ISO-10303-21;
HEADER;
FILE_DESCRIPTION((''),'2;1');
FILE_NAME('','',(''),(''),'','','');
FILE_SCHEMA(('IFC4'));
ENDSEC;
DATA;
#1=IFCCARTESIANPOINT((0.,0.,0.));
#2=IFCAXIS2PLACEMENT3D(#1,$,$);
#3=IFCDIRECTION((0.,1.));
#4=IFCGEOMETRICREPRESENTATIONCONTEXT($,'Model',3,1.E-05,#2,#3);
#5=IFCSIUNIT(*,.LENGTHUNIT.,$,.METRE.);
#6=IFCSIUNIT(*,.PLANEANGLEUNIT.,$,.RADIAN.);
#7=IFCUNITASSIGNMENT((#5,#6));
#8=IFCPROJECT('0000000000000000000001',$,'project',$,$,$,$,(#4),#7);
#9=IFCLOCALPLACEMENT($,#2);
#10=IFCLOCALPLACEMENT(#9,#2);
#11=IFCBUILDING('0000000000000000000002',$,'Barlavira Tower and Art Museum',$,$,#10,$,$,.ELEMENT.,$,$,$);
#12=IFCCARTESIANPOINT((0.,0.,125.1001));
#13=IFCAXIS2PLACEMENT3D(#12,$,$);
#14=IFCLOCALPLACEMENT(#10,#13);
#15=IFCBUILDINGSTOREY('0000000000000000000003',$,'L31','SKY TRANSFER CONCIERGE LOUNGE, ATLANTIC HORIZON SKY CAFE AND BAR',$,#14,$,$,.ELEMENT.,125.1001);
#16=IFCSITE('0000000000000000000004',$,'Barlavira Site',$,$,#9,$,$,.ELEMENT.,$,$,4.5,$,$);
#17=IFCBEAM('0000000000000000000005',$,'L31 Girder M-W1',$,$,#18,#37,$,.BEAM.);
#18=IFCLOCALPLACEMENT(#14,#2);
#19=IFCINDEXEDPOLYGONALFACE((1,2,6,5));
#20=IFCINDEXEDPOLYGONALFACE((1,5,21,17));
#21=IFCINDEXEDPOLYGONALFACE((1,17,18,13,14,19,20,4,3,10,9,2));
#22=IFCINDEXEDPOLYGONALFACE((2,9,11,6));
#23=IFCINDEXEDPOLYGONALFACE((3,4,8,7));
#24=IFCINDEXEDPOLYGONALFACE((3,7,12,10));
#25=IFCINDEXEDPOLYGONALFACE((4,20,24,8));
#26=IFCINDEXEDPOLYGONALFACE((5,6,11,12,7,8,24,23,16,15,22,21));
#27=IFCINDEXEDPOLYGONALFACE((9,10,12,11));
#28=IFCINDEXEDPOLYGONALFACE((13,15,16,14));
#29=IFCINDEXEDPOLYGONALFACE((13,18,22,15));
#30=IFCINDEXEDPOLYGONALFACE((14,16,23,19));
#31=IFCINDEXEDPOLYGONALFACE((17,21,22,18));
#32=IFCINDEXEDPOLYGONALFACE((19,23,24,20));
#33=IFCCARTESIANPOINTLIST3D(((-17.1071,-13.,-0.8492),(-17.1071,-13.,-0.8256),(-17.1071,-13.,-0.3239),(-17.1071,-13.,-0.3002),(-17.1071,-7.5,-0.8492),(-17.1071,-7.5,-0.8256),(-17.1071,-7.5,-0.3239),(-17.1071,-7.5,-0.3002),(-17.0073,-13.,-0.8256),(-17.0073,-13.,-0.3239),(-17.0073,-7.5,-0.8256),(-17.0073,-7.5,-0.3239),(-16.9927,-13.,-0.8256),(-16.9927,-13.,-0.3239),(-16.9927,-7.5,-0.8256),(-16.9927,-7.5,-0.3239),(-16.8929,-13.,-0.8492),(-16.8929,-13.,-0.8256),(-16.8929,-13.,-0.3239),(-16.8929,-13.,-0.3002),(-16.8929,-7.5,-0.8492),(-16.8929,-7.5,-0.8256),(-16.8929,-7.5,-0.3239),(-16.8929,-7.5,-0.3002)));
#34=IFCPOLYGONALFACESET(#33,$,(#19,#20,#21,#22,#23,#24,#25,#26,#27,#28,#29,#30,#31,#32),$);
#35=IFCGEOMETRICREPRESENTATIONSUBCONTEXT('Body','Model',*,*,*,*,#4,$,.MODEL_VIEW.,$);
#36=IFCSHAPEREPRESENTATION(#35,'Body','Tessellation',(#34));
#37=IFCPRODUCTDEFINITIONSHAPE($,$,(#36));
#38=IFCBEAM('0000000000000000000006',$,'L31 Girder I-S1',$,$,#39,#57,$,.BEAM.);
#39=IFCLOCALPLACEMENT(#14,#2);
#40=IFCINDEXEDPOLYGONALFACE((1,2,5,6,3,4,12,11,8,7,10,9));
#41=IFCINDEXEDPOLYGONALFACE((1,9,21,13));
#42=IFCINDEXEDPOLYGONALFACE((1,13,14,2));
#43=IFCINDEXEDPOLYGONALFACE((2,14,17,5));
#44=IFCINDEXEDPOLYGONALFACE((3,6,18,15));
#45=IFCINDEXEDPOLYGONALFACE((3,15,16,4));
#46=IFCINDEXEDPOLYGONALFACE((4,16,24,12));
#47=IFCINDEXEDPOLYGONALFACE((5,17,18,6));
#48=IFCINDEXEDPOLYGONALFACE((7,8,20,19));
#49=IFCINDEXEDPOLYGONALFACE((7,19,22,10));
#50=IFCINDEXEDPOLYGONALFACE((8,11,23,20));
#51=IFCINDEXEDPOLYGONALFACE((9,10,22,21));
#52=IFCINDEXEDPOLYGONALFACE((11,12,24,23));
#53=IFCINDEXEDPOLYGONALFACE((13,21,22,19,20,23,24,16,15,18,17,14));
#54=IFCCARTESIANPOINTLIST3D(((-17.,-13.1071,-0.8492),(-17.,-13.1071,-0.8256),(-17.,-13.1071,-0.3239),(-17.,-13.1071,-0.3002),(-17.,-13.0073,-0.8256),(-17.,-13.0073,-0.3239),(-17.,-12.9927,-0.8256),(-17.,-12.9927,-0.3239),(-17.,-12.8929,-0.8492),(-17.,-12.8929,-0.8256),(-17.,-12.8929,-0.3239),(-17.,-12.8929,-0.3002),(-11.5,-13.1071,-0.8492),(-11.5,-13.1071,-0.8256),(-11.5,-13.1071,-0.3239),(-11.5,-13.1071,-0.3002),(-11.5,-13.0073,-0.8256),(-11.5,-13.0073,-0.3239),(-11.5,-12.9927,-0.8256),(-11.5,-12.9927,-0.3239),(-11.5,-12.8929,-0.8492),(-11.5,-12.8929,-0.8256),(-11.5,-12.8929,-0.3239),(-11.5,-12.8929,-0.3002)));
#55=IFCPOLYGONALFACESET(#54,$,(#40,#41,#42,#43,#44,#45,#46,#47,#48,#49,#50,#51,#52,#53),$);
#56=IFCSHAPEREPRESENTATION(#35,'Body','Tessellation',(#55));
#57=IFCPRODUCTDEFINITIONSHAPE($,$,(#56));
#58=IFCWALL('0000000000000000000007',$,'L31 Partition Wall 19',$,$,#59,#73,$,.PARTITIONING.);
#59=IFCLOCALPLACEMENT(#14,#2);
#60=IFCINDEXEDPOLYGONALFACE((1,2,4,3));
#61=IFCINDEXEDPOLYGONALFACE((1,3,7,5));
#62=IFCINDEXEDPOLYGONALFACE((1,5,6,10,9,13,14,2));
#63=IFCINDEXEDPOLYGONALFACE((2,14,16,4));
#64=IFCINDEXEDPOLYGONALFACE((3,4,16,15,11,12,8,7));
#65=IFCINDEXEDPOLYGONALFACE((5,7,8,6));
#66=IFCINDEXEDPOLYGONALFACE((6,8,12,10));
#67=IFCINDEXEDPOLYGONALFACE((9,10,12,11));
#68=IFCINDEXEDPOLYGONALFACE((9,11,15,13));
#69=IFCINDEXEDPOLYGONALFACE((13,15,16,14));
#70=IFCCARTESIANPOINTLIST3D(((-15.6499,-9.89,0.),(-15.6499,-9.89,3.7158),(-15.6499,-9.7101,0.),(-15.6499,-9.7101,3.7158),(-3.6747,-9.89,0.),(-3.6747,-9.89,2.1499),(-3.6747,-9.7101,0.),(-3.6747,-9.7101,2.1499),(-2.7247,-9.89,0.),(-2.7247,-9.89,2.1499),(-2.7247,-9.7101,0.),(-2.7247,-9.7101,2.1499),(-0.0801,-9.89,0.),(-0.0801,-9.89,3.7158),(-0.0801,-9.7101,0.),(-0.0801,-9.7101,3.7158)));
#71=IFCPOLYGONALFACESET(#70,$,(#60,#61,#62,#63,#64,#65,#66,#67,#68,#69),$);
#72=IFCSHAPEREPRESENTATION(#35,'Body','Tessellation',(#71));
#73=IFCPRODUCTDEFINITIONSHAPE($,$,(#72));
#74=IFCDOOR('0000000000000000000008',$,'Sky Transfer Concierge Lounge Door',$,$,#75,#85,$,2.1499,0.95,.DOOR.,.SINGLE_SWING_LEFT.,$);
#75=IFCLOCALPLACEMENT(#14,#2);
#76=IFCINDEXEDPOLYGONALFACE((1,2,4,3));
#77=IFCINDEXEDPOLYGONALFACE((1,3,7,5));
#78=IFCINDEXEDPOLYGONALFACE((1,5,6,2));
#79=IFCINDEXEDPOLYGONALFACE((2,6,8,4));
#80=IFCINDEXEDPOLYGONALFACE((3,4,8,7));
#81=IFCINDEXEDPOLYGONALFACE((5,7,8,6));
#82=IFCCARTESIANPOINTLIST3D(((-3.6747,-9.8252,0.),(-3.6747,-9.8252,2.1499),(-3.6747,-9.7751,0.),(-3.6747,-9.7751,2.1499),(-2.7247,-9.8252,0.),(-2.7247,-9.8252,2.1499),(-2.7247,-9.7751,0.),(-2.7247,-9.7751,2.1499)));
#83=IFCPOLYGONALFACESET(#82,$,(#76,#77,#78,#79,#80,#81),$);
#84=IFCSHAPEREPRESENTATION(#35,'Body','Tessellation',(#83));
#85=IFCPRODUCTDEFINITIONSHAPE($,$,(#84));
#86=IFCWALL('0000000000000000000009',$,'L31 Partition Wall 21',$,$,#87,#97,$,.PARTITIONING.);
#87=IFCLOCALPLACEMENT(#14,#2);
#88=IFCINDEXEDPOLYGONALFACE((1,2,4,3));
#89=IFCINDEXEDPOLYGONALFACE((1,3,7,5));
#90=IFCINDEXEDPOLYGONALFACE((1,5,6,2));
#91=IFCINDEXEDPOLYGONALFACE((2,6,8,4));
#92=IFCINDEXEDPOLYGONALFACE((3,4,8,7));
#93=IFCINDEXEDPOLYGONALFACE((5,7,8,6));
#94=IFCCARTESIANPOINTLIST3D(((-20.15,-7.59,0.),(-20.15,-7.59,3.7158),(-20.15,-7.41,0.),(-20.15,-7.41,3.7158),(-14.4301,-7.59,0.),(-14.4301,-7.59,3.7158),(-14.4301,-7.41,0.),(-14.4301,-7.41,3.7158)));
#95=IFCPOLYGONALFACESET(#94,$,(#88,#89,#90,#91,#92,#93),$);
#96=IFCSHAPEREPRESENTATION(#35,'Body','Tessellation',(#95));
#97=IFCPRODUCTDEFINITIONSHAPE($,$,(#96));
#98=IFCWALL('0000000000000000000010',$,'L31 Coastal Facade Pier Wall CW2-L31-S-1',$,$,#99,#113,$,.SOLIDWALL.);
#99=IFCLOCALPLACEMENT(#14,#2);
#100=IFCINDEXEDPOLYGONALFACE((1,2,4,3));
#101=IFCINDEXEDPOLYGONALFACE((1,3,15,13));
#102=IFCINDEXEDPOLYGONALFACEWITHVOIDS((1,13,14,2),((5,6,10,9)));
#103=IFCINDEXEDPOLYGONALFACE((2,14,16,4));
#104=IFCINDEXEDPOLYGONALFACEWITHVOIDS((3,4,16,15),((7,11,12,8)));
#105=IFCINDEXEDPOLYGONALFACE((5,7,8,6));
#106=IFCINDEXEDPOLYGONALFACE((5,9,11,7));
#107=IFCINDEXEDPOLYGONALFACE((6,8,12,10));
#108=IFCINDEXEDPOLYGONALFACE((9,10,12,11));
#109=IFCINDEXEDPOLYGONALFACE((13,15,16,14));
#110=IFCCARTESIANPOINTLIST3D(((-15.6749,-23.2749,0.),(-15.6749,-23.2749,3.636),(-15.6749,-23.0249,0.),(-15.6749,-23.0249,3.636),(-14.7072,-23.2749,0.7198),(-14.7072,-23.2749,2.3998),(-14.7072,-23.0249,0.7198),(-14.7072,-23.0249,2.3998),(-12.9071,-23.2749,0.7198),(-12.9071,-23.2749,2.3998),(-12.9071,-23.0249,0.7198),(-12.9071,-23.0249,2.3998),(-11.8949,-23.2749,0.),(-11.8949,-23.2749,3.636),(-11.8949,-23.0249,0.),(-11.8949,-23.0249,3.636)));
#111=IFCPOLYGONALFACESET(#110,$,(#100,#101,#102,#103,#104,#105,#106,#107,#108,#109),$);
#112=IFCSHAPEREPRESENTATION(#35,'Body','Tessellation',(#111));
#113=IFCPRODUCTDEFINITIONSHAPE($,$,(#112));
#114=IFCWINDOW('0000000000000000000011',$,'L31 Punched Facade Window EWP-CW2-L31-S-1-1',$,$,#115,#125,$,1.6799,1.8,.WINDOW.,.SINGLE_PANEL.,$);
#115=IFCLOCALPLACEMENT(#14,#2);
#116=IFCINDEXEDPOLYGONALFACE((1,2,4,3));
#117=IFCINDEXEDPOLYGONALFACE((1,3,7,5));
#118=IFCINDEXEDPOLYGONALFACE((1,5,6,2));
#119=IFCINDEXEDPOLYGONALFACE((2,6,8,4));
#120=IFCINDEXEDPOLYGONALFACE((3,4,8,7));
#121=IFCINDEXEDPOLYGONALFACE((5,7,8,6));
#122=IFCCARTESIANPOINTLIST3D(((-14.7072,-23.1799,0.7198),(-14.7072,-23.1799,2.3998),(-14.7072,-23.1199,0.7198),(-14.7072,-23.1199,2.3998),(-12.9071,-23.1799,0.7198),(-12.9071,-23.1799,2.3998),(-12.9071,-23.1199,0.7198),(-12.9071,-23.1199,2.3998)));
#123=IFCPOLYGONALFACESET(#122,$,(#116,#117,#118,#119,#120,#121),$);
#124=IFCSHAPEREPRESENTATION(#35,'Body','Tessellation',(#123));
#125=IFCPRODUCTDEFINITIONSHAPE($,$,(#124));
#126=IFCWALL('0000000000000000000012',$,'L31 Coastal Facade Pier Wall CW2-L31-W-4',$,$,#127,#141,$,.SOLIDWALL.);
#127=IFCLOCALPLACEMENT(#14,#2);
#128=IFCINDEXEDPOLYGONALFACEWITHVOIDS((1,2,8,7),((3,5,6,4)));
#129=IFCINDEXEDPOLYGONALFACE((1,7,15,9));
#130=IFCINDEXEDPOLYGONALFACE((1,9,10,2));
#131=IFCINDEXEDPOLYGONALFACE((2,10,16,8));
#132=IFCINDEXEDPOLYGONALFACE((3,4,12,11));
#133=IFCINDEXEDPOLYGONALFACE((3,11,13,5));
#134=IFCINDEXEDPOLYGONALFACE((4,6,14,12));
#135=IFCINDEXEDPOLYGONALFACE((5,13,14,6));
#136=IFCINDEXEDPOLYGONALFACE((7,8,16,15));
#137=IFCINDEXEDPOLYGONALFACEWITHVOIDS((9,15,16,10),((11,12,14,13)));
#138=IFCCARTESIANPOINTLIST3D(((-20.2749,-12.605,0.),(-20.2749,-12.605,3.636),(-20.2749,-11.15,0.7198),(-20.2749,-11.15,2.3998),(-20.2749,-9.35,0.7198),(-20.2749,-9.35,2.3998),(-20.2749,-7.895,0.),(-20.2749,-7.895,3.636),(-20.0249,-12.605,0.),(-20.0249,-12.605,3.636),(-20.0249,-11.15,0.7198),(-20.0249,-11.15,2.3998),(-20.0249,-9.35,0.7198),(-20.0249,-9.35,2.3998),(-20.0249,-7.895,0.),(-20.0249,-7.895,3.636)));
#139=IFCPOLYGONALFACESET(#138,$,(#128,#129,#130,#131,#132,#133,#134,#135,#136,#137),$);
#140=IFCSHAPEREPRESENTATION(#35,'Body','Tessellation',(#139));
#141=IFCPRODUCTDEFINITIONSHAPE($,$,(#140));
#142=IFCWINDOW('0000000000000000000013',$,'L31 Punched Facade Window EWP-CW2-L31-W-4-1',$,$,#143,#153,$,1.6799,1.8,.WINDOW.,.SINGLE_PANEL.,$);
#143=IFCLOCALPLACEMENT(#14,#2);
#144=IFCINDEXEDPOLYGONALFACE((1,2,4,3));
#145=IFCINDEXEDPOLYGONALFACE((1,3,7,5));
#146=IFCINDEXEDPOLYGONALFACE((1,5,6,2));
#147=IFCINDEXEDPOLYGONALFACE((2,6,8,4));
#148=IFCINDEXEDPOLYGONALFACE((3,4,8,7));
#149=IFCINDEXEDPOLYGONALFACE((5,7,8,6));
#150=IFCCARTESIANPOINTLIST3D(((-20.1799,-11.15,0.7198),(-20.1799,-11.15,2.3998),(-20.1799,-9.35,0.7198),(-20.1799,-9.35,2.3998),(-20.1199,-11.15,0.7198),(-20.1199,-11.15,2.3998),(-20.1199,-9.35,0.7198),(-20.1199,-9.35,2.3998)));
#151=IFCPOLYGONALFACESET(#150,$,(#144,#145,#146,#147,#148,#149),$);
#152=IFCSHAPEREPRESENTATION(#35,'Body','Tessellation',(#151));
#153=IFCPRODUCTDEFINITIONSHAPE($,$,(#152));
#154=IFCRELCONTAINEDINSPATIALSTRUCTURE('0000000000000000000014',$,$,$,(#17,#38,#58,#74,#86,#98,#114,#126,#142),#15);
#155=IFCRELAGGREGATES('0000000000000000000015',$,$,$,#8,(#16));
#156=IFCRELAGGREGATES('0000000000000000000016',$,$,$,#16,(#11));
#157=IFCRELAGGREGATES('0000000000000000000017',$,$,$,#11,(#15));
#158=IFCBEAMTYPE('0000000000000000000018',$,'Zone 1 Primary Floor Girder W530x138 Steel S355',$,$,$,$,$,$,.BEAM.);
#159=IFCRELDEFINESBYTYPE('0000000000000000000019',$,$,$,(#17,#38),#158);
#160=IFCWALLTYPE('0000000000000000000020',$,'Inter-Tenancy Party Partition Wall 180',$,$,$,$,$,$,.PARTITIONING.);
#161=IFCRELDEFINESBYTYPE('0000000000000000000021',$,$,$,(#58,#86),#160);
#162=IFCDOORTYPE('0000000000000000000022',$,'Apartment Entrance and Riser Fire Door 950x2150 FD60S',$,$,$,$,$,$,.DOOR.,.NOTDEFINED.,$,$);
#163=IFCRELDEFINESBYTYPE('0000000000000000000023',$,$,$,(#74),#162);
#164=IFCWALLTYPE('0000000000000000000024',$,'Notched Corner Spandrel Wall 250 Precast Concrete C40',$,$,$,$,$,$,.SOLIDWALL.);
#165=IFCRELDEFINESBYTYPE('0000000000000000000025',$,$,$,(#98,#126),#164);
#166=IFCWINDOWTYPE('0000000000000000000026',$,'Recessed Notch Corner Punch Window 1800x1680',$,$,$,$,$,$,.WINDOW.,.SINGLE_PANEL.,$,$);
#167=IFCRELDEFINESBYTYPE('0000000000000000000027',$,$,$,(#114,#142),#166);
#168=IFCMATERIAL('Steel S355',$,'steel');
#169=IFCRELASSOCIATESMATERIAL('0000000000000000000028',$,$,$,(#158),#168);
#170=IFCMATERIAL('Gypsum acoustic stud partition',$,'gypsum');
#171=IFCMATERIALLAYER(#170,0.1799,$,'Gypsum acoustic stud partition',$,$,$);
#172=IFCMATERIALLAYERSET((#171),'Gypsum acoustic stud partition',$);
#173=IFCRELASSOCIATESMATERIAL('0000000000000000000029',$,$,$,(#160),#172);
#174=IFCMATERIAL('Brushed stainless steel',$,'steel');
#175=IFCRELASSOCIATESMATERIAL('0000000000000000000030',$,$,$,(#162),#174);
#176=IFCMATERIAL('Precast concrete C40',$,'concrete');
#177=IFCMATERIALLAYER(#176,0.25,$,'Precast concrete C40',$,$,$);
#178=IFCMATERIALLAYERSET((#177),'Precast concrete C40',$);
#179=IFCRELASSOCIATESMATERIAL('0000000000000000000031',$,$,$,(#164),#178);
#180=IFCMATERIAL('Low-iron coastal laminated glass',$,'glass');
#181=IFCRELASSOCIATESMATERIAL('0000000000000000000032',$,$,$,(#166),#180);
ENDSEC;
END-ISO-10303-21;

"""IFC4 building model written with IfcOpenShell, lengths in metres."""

from ifc_helpers import new_model, si_unit, direction, frame, frame_2d, origin, origin_2d, place, context, subcontext, project, spatial, rectangle, i_section, extrude, material, layer, layer_set, material_profile, profile_set, type_object, element, fill, save


model = new_model("IFC4")

# Units and contexts
model_context = context("Model", 3, precision=1e-05, world=origin(), true_north=direction((0.0, 1.0)))
body_context = subcontext(model_context, "Body", "Model", "MODEL_VIEW")
ifc_project = project(units=[si_unit("LENGTHUNIT", "METRE"), si_unit("PLANEANGLEUNIT", "RADIAN")], contexts=[model_context])

# Site, building, storey
site_placement = place(None, origin())
site = spatial("IfcSite", under=ifc_project, at=site_placement, Name="Barlavira Site", CompositionType="ELEMENT", RefElevation=4.5)
building_placement = place(site_placement, origin())
building = spatial("IfcBuilding", under=site, at=building_placement, Name="Barlavira Tower and Art Museum", CompositionType="ELEMENT")
storey_placement = place(building_placement, frame((0.0, 0.0, 125.1001)))
storey = spatial("IfcBuildingStorey", under=building, at=storey_placement, Name="L31", Description="SKY TRANSFER CONCIERGE LOUNGE, ATLANTIC HORIZON SKY CAFE AND BAR", CompositionType="ELEMENT", Elevation=125.1001)

# Beams
ifc_material_1 = material(Name="Steel S355", Category="steel")
ifc_material_profile_1 = material_profile(ifc_material_1, i_section(OverallWidth=0.2141, OverallDepth=0.5491, WebThickness=0.0146, FlangeThickness=0.0237, at=origin_2d()), Name="W530x138.0")
ifc_profile_set_1 = profile_set([ifc_material_profile_1], Name="Steel S355")
beam_type_1 = type_object("IfcBeamType", Name="Zone 1 Primary Floor Girder W530x138 Steel S355", PredefinedType="BEAM", material=ifc_profile_set_1)
for number, where, z_axis, x_axis, name in (
    (1, (-17.0, -13.0, -0.5747), (0.0, 1.0, 0.0), (-1.0, 0.0, 0.0), "L31 Girder M-W1"),
    (2, (-17.0, -13.0, -0.5747), (1.0, 0.0, 0.0), (0.0, 1.0, 0.0), "L31 Girder I-S1"),
):
    element("IfcBeam", number, at=place(storey_placement, frame(where, z_axis=z_axis, x_axis=x_axis)), inside=storey, type_object=beam_type_1, Name=name, PredefinedType="BEAM", context=body_context, shape_type="SweptSolid", body=[
        extrude(i_section(OverallWidth=0.2141, OverallDepth=0.5491, WebThickness=0.0146, FlangeThickness=0.0237, at=origin_2d()), origin(), (0.0, 0.0, 1.0), 5.5),
    ])

# Wall, opening, door
ifc_material_2 = material(Name="Gypsum acoustic stud partition", Category="gypsum")
ifc_layer_1 = layer(ifc_material_2, 0.1799, Name="Gypsum acoustic stud partition")
ifc_layer_set_1 = layer_set([ifc_layer_1], Name="Gypsum acoustic stud partition")
wall_type_1 = type_object("IfcWallType", Name="Inter-Tenancy Party Partition Wall 180", PredefinedType="PARTITIONING", material=ifc_layer_set_1)
wall_1_placement = place(storey_placement, frame((-15.6499, -9.8, 0.0), z_axis=(0.0, 0.0, 1.0), x_axis=(1.0, 0.0, 0.0)))
wall_1 = element("IfcWall", 3, at=wall_1_placement, inside=storey, type_object=wall_type_1, Name="L31 Partition Wall 19", PredefinedType="PARTITIONING", context=body_context, shape_type="SweptSolid", body=[
    extrude(rectangle(XDim=15.5698, YDim=0.1799, at=frame_2d((7.7849, 0.0))), origin(), (0.0, 0.0, 1.0), 3.7158),
])
opening_1_placement = place(wall_1_placement, frame((11.9751, 0.0, 0.0)))
opening_1 = element("IfcOpeningElement", 4, at=opening_1_placement, cuts=wall_1, PredefinedType="OPENING", context=body_context, shape_type="SweptSolid", body=[
    extrude(rectangle(XDim=0.95, YDim=2.1499, at=frame_2d((0.4751, 1.075))), frame((0.0, 0.1001, 0.0), z_axis=(0.0, -1.0, 0.0), x_axis=(1.0, 0.0, 0.0)), (0.0, 0.0, 1.0), 0.2),
])
ifc_material_3 = material(Name="Brushed stainless steel", Category="steel")
door_type = type_object("IfcDoorType", Name="Apartment Entrance and Riser Fire Door 950x2150 FD60S", OperationType="NOTDEFINED", PredefinedType="DOOR", material=ifc_material_3)
door_placement = place(opening_1_placement, origin())
door = element("IfcDoor", 5, at=door_placement, inside=storey, type_object=door_type, Name="Sky Transfer Concierge Lounge Door", OperationType="SINGLE_SWING_LEFT", OverallHeight=2.1499, OverallWidth=0.95, PredefinedType="DOOR", context=body_context, shape_type="SweptSolid", body=[
    extrude(rectangle(XDim=0.95, YDim=2.1499, at=frame_2d((0.4751, 1.075))), frame((0.0, 0.0249, 0.0), z_axis=(0.0, -1.0, 0.0), x_axis=(1.0, 0.0, 0.0)), (0.0, 0.0, 1.0), 0.05),
])
fill(opening_1, door)

# Wall
wall_2_placement = place(storey_placement, frame((-20.1499, -7.5, 0.0), z_axis=(0.0, 0.0, 1.0), x_axis=(1.0, 0.0, 0.0)))
element("IfcWall", 6, at=wall_2_placement, inside=storey, type_object=wall_type_1, Name="L31 Partition Wall 21", PredefinedType="PARTITIONING", context=body_context, shape_type="SweptSolid", body=[
    extrude(rectangle(XDim=5.72, YDim=0.1799, at=frame_2d((2.8599, 0.0))), origin(), (0.0, 0.0, 1.0), 3.7158),
])

# Walls, openings, windows
ifc_material_4 = material(Name="Precast concrete C40", Category="concrete")
ifc_layer_2 = layer(ifc_material_4, 0.25, Name="Precast concrete C40")
ifc_layer_set_2 = layer_set([ifc_layer_2], Name="Precast concrete C40")
wall_type_2 = type_object("IfcWallType", Name="Notched Corner Spandrel Wall 250 Precast Concrete C40", PredefinedType="SOLIDWALL", material=ifc_layer_set_2)
wall_3_placement = place(storey_placement, frame((-15.675, -23.1499, 0.0), z_axis=(0.0, 0.0, 1.0), x_axis=(1.0, 0.0, 0.0)))
wall_3 = element("IfcWall", 7, at=wall_3_placement, inside=storey, type_object=wall_type_2, Name="L31 Coastal Facade Pier Wall CW2-L31-S-1", PredefinedType="SOLIDWALL", context=body_context, shape_type="SweptSolid", body=[
    extrude(rectangle(XDim=3.78, YDim=0.25, at=frame_2d((1.8901, 0.0))), origin(), (0.0, 0.0, 1.0), 3.636),
])
opening_2_placement = place(wall_3_placement, frame((0.968, 0.0, 0.72)))
opening_2 = element("IfcOpeningElement", 8, at=opening_2_placement, cuts=wall_3, PredefinedType="OPENING", context=body_context, shape_type="SweptSolid", body=[
    extrude(rectangle(XDim=1.8, YDim=1.6799, at=frame_2d((0.8999, 0.8398))), frame((0.0, 0.135, 0.0), z_axis=(0.0, -1.0, 0.0), x_axis=(1.0, 0.0, 0.0)), (0.0, 0.0, 1.0), 0.27),
])
ifc_material_5 = material(Name="Low-iron coastal laminated glass", Category="glass")
window_type = type_object("IfcWindowType", Name="Recessed Notch Corner Punch Window 1800x1680", PartitioningType="SINGLE_PANEL", PredefinedType="WINDOW", material=ifc_material_5)
window_1_placement = place(opening_2_placement, origin())
window_1 = element("IfcWindow", 9, at=window_1_placement, inside=storey, type_object=window_type, Name="L31 Punched Facade Window EWP-CW2-L31-S-1-1", OverallHeight=1.6799, OverallWidth=1.8, PartitioningType="SINGLE_PANEL", PredefinedType="WINDOW", context=body_context, shape_type="SweptSolid", body=[
    extrude(rectangle(XDim=1.8, YDim=1.6799, at=frame_2d((0.8999, 0.8398))), frame((0.0, 0.03, 0.0), z_axis=(0.0, -1.0, 0.0), x_axis=(1.0, 0.0, 0.0)), (0.0, 0.0, 1.0), 0.0601),
])
fill(opening_2, window_1)
wall_4_placement = place(storey_placement, frame((-20.1499, -7.895, 0.0), z_axis=(0.0, 0.0, 1.0), x_axis=(0.0, -1.0, 0.0)))
wall_4 = element("IfcWall", 10, at=wall_4_placement, inside=storey, type_object=wall_type_2, Name="L31 Coastal Facade Pier Wall CW2-L31-W-4", PredefinedType="SOLIDWALL", context=body_context, shape_type="SweptSolid", body=[
    extrude(rectangle(XDim=4.71, YDim=0.25, at=frame_2d((2.355, 0.0))), origin(), (0.0, 0.0, 1.0), 3.636),
])
opening_3_placement = place(wall_4_placement, frame((1.4551, 0.0, 0.72)))
opening_3 = element("IfcOpeningElement", 11, at=opening_3_placement, cuts=wall_4, PredefinedType="OPENING", context=body_context, shape_type="SweptSolid", body=[
    extrude(rectangle(XDim=1.8, YDim=1.6799, at=frame_2d((0.8999, 0.8398))), frame((0.0, 0.135, 0.0), z_axis=(0.0, -1.0, 0.0), x_axis=(1.0, 0.0, 0.0)), (0.0, 0.0, 1.0), 0.27),
])
window_2_placement = place(opening_3_placement, origin())
window_2 = element("IfcWindow", 12, at=window_2_placement, inside=storey, type_object=window_type, Name="L31 Punched Facade Window EWP-CW2-L31-W-4-1", OverallHeight=1.6799, OverallWidth=1.8, PartitioningType="SINGLE_PANEL", PredefinedType="WINDOW", context=body_context, shape_type="SweptSolid", body=[
    extrude(rectangle(XDim=1.8, YDim=1.6799, at=frame_2d((0.8999, 0.8398))), frame((0.0, 0.03, 0.0), z_axis=(0.0, -1.0, 0.0), x_axis=(1.0, 0.0, 0.0)), (0.0, 0.0, 1.0), 0.0601),
])
fill(opening_3, window_2)

save(model, "model.ifc")
